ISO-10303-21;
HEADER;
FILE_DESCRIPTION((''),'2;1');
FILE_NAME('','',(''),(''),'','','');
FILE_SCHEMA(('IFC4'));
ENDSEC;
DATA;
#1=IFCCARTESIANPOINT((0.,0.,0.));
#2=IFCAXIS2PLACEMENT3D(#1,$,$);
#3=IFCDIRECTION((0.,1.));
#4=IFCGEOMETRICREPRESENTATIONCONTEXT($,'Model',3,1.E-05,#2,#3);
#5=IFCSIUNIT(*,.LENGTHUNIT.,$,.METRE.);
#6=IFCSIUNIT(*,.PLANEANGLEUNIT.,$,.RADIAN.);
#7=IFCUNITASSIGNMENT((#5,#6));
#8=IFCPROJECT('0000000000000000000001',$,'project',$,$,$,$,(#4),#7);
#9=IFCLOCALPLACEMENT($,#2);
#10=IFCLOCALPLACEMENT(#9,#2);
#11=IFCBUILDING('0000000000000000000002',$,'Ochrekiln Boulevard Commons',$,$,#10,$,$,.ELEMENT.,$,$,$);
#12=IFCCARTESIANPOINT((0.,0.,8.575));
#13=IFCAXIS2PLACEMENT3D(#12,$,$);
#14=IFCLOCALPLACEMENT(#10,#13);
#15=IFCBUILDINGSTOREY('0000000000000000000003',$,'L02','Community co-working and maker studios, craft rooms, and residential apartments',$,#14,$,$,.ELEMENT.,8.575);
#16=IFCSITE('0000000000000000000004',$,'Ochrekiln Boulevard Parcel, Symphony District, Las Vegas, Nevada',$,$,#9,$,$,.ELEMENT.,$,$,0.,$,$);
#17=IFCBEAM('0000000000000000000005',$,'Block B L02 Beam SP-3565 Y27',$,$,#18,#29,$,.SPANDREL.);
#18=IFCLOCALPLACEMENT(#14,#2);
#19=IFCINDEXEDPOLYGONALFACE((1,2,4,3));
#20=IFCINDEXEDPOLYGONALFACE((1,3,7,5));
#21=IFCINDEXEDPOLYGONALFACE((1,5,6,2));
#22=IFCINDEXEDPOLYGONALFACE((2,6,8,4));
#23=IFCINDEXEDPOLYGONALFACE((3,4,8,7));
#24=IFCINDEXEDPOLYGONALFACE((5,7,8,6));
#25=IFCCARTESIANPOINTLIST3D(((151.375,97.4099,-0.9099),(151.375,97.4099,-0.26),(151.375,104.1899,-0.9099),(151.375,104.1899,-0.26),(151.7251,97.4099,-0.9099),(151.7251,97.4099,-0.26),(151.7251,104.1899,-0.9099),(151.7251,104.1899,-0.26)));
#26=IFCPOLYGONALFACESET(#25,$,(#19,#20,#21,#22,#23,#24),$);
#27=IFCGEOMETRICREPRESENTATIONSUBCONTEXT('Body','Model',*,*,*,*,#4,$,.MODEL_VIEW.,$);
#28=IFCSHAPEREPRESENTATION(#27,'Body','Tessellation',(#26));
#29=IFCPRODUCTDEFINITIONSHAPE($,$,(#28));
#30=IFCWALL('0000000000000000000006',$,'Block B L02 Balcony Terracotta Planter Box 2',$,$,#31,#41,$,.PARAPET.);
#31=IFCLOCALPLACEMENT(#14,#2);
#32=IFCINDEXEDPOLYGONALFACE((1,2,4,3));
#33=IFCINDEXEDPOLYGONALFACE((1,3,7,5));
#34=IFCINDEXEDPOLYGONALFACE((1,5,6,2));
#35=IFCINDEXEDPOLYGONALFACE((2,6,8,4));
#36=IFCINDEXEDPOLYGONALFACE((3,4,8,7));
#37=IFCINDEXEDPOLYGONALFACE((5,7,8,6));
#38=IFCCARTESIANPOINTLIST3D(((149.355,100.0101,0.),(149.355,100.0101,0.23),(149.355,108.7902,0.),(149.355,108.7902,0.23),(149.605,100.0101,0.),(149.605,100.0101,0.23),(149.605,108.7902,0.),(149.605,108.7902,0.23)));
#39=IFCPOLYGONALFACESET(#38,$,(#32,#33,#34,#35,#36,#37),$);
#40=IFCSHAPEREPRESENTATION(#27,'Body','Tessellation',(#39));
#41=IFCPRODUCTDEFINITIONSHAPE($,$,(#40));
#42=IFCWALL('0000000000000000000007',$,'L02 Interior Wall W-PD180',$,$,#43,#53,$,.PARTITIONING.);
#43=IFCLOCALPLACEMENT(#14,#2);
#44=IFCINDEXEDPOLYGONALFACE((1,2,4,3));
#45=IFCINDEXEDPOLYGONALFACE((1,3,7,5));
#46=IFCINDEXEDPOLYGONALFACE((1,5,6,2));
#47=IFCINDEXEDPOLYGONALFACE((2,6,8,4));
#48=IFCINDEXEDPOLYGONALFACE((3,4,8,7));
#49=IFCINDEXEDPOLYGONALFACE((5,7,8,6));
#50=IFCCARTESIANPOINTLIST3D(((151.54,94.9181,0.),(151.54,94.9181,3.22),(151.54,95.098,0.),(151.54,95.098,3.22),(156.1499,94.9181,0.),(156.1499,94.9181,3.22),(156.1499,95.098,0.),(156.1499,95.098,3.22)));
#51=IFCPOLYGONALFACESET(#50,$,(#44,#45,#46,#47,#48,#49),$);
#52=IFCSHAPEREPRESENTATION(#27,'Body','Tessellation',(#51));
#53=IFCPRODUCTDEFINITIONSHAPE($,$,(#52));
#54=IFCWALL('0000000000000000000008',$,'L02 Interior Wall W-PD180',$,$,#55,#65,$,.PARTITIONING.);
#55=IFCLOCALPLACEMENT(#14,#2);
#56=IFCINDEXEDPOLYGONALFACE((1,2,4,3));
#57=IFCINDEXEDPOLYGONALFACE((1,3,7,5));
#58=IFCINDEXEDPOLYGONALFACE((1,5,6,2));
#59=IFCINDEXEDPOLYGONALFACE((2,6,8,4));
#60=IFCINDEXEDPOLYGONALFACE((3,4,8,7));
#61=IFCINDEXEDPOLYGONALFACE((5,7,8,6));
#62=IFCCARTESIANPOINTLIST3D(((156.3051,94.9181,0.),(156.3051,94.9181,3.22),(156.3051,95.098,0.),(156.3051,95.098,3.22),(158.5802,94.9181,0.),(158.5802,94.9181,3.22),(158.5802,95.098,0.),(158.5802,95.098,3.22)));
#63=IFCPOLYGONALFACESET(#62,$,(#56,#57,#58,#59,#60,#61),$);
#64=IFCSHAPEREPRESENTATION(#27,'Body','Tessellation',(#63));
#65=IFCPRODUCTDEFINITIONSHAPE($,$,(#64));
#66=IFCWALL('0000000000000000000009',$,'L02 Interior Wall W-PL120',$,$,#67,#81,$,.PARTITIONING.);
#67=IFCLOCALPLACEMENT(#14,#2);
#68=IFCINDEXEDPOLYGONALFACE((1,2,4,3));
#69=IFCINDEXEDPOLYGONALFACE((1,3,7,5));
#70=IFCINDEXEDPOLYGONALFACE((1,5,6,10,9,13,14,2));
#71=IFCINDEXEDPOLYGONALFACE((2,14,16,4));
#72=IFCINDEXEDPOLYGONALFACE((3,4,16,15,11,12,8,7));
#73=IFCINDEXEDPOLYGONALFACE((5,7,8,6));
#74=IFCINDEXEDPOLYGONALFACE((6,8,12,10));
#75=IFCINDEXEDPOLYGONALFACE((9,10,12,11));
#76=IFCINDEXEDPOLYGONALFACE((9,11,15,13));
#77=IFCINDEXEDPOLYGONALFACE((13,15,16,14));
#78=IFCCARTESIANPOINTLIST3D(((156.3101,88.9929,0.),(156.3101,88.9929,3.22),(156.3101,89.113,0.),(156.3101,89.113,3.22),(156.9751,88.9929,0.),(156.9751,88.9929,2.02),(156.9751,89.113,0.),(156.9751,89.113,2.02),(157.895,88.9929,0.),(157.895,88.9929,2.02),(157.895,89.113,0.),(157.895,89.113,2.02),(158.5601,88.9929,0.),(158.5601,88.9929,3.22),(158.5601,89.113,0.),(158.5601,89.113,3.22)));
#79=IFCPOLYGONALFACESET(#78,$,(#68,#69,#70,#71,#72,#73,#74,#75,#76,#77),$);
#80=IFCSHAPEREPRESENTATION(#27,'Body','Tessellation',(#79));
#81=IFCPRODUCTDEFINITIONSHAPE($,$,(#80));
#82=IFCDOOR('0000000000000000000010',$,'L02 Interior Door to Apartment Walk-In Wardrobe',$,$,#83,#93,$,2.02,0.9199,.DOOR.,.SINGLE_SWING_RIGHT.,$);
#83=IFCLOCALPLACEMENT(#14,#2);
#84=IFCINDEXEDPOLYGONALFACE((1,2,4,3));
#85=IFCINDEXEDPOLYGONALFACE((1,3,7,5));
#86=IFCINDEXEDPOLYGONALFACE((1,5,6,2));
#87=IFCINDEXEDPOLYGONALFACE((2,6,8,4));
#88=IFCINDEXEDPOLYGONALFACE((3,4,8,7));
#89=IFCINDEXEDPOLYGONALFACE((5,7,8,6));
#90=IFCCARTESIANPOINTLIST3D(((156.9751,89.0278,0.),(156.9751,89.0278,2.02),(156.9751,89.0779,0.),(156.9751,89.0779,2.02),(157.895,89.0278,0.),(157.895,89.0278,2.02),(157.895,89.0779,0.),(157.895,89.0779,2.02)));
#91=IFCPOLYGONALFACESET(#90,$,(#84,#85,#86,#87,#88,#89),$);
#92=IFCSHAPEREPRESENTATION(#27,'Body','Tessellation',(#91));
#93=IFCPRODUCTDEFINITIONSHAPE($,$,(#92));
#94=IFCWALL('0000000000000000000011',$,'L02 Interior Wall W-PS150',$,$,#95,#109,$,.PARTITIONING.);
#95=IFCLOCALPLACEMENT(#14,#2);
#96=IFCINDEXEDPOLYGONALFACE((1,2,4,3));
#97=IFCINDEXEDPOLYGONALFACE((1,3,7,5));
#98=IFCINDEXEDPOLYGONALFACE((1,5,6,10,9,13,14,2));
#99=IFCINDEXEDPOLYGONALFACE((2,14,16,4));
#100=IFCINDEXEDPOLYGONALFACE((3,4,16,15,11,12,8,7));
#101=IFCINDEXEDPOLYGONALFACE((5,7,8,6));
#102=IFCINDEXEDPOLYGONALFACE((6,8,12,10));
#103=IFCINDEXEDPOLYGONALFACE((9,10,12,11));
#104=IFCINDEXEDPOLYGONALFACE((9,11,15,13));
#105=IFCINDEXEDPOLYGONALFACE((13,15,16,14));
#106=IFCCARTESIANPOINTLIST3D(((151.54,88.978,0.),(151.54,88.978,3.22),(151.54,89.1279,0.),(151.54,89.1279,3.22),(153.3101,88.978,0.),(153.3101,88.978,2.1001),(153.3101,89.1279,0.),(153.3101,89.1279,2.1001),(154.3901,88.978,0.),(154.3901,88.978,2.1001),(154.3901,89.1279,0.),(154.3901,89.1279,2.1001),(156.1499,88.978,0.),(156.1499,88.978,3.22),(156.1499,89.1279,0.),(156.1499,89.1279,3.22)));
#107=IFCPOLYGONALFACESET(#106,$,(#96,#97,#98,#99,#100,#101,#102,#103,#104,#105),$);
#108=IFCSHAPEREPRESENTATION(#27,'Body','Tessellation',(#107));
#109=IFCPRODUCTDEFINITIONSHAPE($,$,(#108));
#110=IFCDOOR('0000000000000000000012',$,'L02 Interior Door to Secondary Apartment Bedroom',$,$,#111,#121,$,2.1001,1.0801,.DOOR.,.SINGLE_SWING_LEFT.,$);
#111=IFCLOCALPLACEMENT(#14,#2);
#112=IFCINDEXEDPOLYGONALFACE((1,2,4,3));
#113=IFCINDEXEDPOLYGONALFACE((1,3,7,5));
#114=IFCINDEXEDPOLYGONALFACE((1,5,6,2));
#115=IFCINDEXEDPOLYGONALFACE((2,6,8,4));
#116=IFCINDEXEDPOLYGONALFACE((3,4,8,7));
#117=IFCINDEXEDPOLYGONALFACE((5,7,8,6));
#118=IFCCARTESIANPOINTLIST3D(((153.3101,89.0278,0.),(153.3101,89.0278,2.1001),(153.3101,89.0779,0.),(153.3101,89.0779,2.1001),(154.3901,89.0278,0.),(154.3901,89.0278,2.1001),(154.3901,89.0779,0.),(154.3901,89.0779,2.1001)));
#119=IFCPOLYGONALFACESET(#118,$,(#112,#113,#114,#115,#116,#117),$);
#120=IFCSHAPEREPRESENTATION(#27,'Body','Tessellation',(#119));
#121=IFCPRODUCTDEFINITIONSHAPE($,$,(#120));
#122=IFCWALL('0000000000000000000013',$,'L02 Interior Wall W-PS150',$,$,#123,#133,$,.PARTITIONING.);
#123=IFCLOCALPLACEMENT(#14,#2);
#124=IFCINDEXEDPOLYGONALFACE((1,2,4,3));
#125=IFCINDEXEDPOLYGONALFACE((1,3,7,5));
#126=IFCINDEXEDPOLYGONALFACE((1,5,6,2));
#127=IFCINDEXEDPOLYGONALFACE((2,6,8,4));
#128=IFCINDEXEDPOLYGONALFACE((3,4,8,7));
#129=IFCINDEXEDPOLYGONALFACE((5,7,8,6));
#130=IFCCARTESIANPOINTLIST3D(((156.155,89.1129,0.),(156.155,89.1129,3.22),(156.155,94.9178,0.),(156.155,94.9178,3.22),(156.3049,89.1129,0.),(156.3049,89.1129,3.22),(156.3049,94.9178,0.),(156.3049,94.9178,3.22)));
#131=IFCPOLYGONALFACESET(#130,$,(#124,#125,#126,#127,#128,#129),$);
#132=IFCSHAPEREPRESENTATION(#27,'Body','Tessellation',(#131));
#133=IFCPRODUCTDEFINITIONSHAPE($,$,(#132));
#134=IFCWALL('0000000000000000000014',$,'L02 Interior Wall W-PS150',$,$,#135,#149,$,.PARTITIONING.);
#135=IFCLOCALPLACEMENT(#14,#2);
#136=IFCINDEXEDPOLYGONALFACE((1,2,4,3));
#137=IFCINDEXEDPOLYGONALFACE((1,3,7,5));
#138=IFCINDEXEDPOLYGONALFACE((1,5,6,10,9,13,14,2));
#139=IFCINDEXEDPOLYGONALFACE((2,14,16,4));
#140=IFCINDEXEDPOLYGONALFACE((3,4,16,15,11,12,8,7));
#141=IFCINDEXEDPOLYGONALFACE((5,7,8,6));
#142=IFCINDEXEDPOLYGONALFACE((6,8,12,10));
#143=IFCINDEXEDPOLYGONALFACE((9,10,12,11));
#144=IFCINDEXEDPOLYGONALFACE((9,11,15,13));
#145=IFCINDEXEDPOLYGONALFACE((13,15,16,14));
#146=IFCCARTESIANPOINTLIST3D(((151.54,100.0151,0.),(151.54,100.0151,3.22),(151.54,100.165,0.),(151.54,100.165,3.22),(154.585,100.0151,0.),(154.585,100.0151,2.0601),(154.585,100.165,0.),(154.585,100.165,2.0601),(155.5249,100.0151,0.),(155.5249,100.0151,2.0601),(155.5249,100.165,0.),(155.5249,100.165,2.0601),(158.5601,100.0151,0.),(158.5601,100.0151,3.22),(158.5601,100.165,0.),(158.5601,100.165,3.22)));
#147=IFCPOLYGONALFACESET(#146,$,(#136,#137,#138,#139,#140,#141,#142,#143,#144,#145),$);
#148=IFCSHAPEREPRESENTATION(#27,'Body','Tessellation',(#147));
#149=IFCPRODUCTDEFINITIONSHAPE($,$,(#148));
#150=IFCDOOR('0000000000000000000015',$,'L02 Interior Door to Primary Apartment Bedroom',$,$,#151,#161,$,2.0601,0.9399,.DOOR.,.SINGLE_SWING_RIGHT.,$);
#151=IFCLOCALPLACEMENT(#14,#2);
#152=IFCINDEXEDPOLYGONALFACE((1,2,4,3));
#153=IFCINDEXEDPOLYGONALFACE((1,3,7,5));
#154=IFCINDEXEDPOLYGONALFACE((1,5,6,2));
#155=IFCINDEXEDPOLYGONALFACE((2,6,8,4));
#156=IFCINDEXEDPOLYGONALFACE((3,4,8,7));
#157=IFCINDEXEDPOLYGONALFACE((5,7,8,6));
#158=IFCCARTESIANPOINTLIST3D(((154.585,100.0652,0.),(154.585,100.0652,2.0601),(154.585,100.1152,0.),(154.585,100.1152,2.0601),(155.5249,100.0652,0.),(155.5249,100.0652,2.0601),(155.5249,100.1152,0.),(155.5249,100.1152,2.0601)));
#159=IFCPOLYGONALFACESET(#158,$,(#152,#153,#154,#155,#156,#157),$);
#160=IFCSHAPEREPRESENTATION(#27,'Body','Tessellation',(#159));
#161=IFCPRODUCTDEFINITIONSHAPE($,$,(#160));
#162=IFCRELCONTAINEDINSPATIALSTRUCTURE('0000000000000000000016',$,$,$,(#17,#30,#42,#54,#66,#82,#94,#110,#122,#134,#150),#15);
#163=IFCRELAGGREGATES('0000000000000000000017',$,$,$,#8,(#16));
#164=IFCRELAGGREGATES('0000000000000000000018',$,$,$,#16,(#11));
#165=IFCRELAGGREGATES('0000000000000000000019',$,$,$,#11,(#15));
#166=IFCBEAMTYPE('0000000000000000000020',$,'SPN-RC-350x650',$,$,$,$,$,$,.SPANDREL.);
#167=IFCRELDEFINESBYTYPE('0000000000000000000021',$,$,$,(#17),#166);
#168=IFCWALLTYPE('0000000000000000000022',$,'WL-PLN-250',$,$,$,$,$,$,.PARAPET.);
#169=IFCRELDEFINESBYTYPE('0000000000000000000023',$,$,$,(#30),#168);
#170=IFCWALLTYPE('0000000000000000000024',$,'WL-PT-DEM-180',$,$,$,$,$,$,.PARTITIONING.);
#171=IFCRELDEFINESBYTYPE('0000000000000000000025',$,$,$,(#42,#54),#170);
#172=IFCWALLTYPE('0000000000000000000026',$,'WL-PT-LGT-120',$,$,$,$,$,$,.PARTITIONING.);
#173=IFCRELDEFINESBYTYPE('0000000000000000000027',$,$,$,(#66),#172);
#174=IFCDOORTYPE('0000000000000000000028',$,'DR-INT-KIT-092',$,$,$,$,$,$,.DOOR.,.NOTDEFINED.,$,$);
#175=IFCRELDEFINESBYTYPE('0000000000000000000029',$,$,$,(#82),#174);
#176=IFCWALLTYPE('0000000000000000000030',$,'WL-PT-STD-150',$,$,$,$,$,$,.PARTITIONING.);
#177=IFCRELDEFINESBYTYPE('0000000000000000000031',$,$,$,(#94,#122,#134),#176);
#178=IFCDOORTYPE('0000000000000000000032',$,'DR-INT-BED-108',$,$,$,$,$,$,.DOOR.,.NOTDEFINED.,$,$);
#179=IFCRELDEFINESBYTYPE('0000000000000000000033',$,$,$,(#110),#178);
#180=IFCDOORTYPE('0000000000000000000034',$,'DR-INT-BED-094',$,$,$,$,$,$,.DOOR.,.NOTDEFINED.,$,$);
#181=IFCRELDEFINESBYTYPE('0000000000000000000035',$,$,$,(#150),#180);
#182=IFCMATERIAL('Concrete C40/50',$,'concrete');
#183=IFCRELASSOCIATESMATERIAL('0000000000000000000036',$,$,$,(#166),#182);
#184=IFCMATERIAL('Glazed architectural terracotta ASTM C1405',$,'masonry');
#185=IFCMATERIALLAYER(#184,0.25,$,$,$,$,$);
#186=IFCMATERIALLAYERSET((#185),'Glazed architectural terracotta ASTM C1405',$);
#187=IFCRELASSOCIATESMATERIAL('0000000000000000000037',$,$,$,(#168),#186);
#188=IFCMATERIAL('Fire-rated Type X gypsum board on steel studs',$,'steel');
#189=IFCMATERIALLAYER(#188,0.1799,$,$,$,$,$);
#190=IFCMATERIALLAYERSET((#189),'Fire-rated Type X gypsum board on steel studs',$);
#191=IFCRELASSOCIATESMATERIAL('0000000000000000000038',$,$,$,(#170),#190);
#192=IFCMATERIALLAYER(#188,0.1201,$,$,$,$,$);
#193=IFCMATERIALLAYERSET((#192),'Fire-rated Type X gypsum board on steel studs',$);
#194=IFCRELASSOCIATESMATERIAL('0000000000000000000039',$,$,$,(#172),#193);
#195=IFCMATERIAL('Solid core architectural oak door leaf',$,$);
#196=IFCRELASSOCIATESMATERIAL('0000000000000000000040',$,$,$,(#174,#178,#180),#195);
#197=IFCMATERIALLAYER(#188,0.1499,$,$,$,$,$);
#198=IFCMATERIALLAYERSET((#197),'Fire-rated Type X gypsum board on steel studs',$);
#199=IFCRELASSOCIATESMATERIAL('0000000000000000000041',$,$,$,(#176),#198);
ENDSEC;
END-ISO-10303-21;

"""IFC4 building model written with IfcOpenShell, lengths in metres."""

from ifc_helpers import new_model, si_unit, direction, frame, frame_2d, origin, origin_2d, place, context, subcontext, project, spatial, rectangle, extrude, material, layer, layer_set, material_profile, profile_set, type_object, element, fill, save


model = new_model("IFC4")

# Units and contexts
model_context = context("Model", 3, precision=1e-05, world=origin(), true_north=direction((0.0, 1.0)))
body_context = subcontext(model_context, "Body", "Model", "MODEL_VIEW")
ifc_project = project(units=[si_unit("LENGTHUNIT", "METRE"), si_unit("PLANEANGLEUNIT", "RADIAN")], contexts=[model_context])

# Site, building, storey
site_placement = place(None, origin())
site = spatial("IfcSite", under=ifc_project, at=site_placement, Name="Ochrekiln Boulevard Parcel, Symphony District, Las Vegas, Nevada", CompositionType="ELEMENT", RefElevation=0.0)
building_placement = place(site_placement, origin())
building = spatial("IfcBuilding", under=site, at=building_placement, Name="Ochrekiln Boulevard Commons", CompositionType="ELEMENT")
storey_placement = place(building_placement, frame((0.0, 0.0, 8.575)))
storey = spatial("IfcBuildingStorey", under=building, at=storey_placement, Name="L02", Description="Community co-working and maker studios, craft rooms, and residential apartments", CompositionType="ELEMENT", Elevation=8.575)

# Shared definitions
ifc_material_1 = material(Name="Concrete C40/50", Category="concrete")

# Beam
ifc_material_profile_1 = material_profile(ifc_material_1, rectangle(XDim=0.3501, YDim=0.6499, at=origin_2d()), Name="RC-SPN-350x650")
ifc_profile_set_1 = profile_set([ifc_material_profile_1], Name="Concrete C40/50")
beam_type_1 = type_object("IfcBeamType", Name="SPN-RC-350x650", PredefinedType="SPANDREL", material=ifc_profile_set_1)
for number, where, z_axis, x_axis, name in (
    (1, (151.55, 97.4099, -0.585), (0.0, 1.0, 0.0), (-1.0, 0.0, 0.0), "Block B L02 Beam SP-3565 Y27"),
):
    element("IfcBeam", number, at=place(storey_placement, frame(where, z_axis=z_axis, x_axis=x_axis)), inside=storey, type_object=beam_type_1, Name=name, PredefinedType="SPANDREL", context=body_context, shape_type="SweptSolid", body=[
        extrude(rectangle(XDim=0.3501, YDim=0.6499, at=origin_2d()), origin(), (0.0, 0.0, 1.0), 6.78),
    ])

# Walls
ifc_material_2 = material(Name="Glazed architectural terracotta ASTM C1405", Category="masonry")
ifc_layer_1 = layer(ifc_material_2, 0.25)
ifc_layer_set_1 = layer_set([ifc_layer_1], Name="Glazed architectural terracotta ASTM C1405")
wall_type_1 = type_object("IfcWallType", Name="WL-PLN-250", PredefinedType="PARAPET", material=ifc_layer_set_1)
wall_1_placement = place(storey_placement, frame((149.48, 100.01, 0.0), z_axis=(0.0, 0.0, 1.0), x_axis=(0.0, 1.0, 0.0)))
element("IfcWall", 2, at=wall_1_placement, inside=storey, type_object=wall_type_1, Name="Block B L02 Balcony Terracotta Planter Box 2", PredefinedType="PARAPET", context=body_context, shape_type="SweptSolid", body=[
    extrude(rectangle(XDim=8.78, YDim=0.25, at=frame_2d((4.3901, 0.0))), origin(), (0.0, 0.0, 1.0), 0.23),
])
ifc_material_3 = material(Name="Fire-rated Type X gypsum board on steel studs", Category="steel")
ifc_layer_2 = layer(ifc_material_3, 0.1799)
ifc_layer_set_2 = layer_set([ifc_layer_2], Name="Fire-rated Type X gypsum board on steel studs")
wall_type_2 = type_object("IfcWallType", Name="WL-PT-DEM-180", PredefinedType="PARTITIONING", material=ifc_layer_set_2)
wall_2_placement = place(storey_placement, frame((151.54, 95.0081, 0.0), z_axis=(0.0, 0.0, 1.0), x_axis=(1.0, 0.0, 0.0)))
element("IfcWall", 3, at=wall_2_placement, inside=storey, type_object=wall_type_2, Name="L02 Interior Wall W-PD180", PredefinedType="PARTITIONING", context=body_context, shape_type="SweptSolid", body=[
    extrude(rectangle(XDim=4.6099, YDim=0.1799, at=frame_2d((2.3049, 0.0))), origin(), (0.0, 0.0, 1.0), 3.22),
])
wall_3_placement = place(storey_placement, frame((156.3049, 95.0081, 0.0), z_axis=(0.0, 0.0, 1.0), x_axis=(1.0, 0.0, 0.0)))
element("IfcWall", 4, at=wall_3_placement, inside=storey, type_object=wall_type_2, Name="L02 Interior Wall W-PD180", PredefinedType="PARTITIONING", context=body_context, shape_type="SweptSolid", body=[
    extrude(rectangle(XDim=2.2751, YDim=0.1799, at=frame_2d((1.1377, 0.0))), origin(), (0.0, 0.0, 1.0), 3.22),
])

# Walls, openings, doors
ifc_layer_3 = layer(ifc_material_3, 0.1201)
ifc_layer_set_3 = layer_set([ifc_layer_3], Name="Fire-rated Type X gypsum board on steel studs")
wall_type_3 = type_object("IfcWallType", Name="WL-PT-LGT-120", PredefinedType="PARTITIONING", material=ifc_layer_set_3)
wall_4_placement = place(storey_placement, frame((156.3101, 89.053, 0.0), z_axis=(0.0, 0.0, 1.0), x_axis=(1.0, 0.0, 0.0)))
wall_4 = element("IfcWall", 5, at=wall_4_placement, inside=storey, type_object=wall_type_3, Name="L02 Interior Wall W-PL120", PredefinedType="PARTITIONING", context=body_context, shape_type="SweptSolid", body=[
    extrude(rectangle(XDim=2.25, YDim=0.1201, at=frame_2d((1.125, 0.0))), origin(), (0.0, 0.0, 1.0), 3.22),
])
opening_1_placement = place(wall_4_placement, frame((0.665, 0.0, 0.0)))
opening_1 = element("IfcOpeningElement", 6, at=opening_1_placement, cuts=wall_4, PredefinedType="OPENING", context=body_context, shape_type="SweptSolid", body=[
    extrude(rectangle(XDim=0.9199, YDim=2.02, at=frame_2d((0.46, 1.01))), frame((0.0, 0.0701, 0.0), z_axis=(0.0, -1.0, 0.0), x_axis=(1.0, 0.0, 0.0)), (0.0, 0.0, 1.0), 0.1401),
])
ifc_material_4 = material(Name="Solid core architectural oak door leaf")
door_type_1 = type_object("IfcDoorType", Name="DR-INT-KIT-092", OperationType="NOTDEFINED", PredefinedType="DOOR", material=ifc_material_4)
door_1_placement = place(opening_1_placement, origin())
door_1 = element("IfcDoor", 7, at=door_1_placement, inside=storey, type_object=door_type_1, Name="L02 Interior Door to Apartment Walk-In Wardrobe", OperationType="SINGLE_SWING_RIGHT", OverallHeight=2.02, OverallWidth=0.9199, PredefinedType="DOOR", context=body_context, shape_type="SweptSolid", body=[
    extrude(rectangle(XDim=0.9199, YDim=2.02, at=frame_2d((0.46, 1.01))), frame((0.0, 0.0249, 0.0), z_axis=(0.0, -1.0, 0.0), x_axis=(1.0, 0.0, 0.0)), (0.0, 0.0, 1.0), 0.05),
])
fill(opening_1, door_1)
ifc_layer_4 = layer(ifc_material_3, 0.1499)
ifc_layer_set_4 = layer_set([ifc_layer_4], Name="Fire-rated Type X gypsum board on steel studs")
wall_type_4 = type_object("IfcWallType", Name="WL-PT-STD-150", PredefinedType="PARTITIONING", material=ifc_layer_set_4)
wall_5_placement = place(storey_placement, frame((151.54, 89.053, 0.0), z_axis=(0.0, 0.0, 1.0), x_axis=(1.0, 0.0, 0.0)))
wall_5 = element("IfcWall", 8, at=wall_5_placement, inside=storey, type_object=wall_type_4, Name="L02 Interior Wall W-PS150", PredefinedType="PARTITIONING", context=body_context, shape_type="SweptSolid", body=[
    extrude(rectangle(XDim=4.6099, YDim=0.1499, at=frame_2d((2.3049, 0.0))), origin(), (0.0, 0.0, 1.0), 3.22),
])
opening_2_placement = place(wall_5_placement, frame((1.77, 0.0, 0.0)))
opening_2 = element("IfcOpeningElement", 9, at=opening_2_placement, cuts=wall_5, PredefinedType="OPENING", context=body_context, shape_type="SweptSolid", body=[
    extrude(rectangle(XDim=1.0801, YDim=2.1001, at=frame_2d((0.54, 1.05))), frame((0.0, 0.085, 0.0), z_axis=(0.0, -1.0, 0.0), x_axis=(1.0, 0.0, 0.0)), (0.0, 0.0, 1.0), 0.1699),
])
door_type_2 = type_object("IfcDoorType", Name="DR-INT-BED-108", OperationType="NOTDEFINED", PredefinedType="DOOR", material=ifc_material_4)
door_2_placement = place(opening_2_placement, origin())
door_2 = element("IfcDoor", 10, at=door_2_placement, inside=storey, type_object=door_type_2, Name="L02 Interior Door to Secondary Apartment Bedroom", OperationType="SINGLE_SWING_LEFT", OverallHeight=2.1001, OverallWidth=1.0801, PredefinedType="DOOR", context=body_context, shape_type="SweptSolid", body=[
    extrude(rectangle(XDim=1.0801, YDim=2.1001, at=frame_2d((0.54, 1.05))), frame((0.0, 0.0249, 0.0), z_axis=(0.0, -1.0, 0.0), x_axis=(1.0, 0.0, 0.0)), (0.0, 0.0, 1.0), 0.05),
])
fill(opening_2, door_2)

# Wall
wall_6_placement = place(storey_placement, frame((156.23, 89.113, 0.0), z_axis=(0.0, 0.0, 1.0), x_axis=(0.0, 1.0, 0.0)))
element("IfcWall", 11, at=wall_6_placement, inside=storey, type_object=wall_type_4, Name="L02 Interior Wall W-PS150", PredefinedType="PARTITIONING", context=body_context, shape_type="SweptSolid", body=[
    extrude(rectangle(XDim=5.8049, YDim=0.1499, at=frame_2d((2.9023, 0.0))), origin(), (0.0, 0.0, 1.0), 3.22),
])

# Wall, opening, door
wall_7_placement = place(storey_placement, frame((151.54, 100.0901, 0.0), z_axis=(0.0, 0.0, 1.0), x_axis=(1.0, 0.0, 0.0)))
wall_7 = element("IfcWall", 12, at=wall_7_placement, inside=storey, type_object=wall_type_4, Name="L02 Interior Wall W-PS150", PredefinedType="PARTITIONING", context=body_context, shape_type="SweptSolid", body=[
    extrude(rectangle(XDim=7.02, YDim=0.1499, at=frame_2d((3.51, 0.0))), origin(), (0.0, 0.0, 1.0), 3.22),
])
opening_3_placement = place(wall_7_placement, frame((3.0449, 0.0, 0.0)))
opening_3 = element("IfcOpeningElement", 13, at=opening_3_placement, cuts=wall_7, PredefinedType="OPENING", context=body_context, shape_type="SweptSolid", body=[
    extrude(rectangle(XDim=0.9399, YDim=2.0601, at=frame_2d((0.47, 1.03))), frame((0.0, 0.085, 0.0), z_axis=(0.0, -1.0, 0.0), x_axis=(1.0, 0.0, 0.0)), (0.0, 0.0, 1.0), 0.1699),
])
door_type_3 = type_object("IfcDoorType", Name="DR-INT-BED-094", OperationType="NOTDEFINED", PredefinedType="DOOR", material=ifc_material_4)
door_3_placement = place(opening_3_placement, frame((0.9399, 0.0, 0.0), z_axis=(0.0, 0.0, 1.0), x_axis=(-1.0, 0.0, 0.0)))
door_3 = element("IfcDoor", 14, at=door_3_placement, inside=storey, type_object=door_type_3, Name="L02 Interior Door to Primary Apartment Bedroom", OperationType="SINGLE_SWING_RIGHT", OverallHeight=2.0601, OverallWidth=0.9399, PredefinedType="DOOR", context=body_context, shape_type="SweptSolid", body=[
    extrude(rectangle(XDim=0.9399, YDim=2.0601, at=frame_2d((0.47, 1.03))), frame((0.0, 0.0249, 0.0), z_axis=(0.0, -1.0, 0.0), x_axis=(1.0, 0.0, 0.0)), (0.0, 0.0, 1.0), 0.05),
])
fill(opening_3, door_3)

save(model, "model.ifc")
